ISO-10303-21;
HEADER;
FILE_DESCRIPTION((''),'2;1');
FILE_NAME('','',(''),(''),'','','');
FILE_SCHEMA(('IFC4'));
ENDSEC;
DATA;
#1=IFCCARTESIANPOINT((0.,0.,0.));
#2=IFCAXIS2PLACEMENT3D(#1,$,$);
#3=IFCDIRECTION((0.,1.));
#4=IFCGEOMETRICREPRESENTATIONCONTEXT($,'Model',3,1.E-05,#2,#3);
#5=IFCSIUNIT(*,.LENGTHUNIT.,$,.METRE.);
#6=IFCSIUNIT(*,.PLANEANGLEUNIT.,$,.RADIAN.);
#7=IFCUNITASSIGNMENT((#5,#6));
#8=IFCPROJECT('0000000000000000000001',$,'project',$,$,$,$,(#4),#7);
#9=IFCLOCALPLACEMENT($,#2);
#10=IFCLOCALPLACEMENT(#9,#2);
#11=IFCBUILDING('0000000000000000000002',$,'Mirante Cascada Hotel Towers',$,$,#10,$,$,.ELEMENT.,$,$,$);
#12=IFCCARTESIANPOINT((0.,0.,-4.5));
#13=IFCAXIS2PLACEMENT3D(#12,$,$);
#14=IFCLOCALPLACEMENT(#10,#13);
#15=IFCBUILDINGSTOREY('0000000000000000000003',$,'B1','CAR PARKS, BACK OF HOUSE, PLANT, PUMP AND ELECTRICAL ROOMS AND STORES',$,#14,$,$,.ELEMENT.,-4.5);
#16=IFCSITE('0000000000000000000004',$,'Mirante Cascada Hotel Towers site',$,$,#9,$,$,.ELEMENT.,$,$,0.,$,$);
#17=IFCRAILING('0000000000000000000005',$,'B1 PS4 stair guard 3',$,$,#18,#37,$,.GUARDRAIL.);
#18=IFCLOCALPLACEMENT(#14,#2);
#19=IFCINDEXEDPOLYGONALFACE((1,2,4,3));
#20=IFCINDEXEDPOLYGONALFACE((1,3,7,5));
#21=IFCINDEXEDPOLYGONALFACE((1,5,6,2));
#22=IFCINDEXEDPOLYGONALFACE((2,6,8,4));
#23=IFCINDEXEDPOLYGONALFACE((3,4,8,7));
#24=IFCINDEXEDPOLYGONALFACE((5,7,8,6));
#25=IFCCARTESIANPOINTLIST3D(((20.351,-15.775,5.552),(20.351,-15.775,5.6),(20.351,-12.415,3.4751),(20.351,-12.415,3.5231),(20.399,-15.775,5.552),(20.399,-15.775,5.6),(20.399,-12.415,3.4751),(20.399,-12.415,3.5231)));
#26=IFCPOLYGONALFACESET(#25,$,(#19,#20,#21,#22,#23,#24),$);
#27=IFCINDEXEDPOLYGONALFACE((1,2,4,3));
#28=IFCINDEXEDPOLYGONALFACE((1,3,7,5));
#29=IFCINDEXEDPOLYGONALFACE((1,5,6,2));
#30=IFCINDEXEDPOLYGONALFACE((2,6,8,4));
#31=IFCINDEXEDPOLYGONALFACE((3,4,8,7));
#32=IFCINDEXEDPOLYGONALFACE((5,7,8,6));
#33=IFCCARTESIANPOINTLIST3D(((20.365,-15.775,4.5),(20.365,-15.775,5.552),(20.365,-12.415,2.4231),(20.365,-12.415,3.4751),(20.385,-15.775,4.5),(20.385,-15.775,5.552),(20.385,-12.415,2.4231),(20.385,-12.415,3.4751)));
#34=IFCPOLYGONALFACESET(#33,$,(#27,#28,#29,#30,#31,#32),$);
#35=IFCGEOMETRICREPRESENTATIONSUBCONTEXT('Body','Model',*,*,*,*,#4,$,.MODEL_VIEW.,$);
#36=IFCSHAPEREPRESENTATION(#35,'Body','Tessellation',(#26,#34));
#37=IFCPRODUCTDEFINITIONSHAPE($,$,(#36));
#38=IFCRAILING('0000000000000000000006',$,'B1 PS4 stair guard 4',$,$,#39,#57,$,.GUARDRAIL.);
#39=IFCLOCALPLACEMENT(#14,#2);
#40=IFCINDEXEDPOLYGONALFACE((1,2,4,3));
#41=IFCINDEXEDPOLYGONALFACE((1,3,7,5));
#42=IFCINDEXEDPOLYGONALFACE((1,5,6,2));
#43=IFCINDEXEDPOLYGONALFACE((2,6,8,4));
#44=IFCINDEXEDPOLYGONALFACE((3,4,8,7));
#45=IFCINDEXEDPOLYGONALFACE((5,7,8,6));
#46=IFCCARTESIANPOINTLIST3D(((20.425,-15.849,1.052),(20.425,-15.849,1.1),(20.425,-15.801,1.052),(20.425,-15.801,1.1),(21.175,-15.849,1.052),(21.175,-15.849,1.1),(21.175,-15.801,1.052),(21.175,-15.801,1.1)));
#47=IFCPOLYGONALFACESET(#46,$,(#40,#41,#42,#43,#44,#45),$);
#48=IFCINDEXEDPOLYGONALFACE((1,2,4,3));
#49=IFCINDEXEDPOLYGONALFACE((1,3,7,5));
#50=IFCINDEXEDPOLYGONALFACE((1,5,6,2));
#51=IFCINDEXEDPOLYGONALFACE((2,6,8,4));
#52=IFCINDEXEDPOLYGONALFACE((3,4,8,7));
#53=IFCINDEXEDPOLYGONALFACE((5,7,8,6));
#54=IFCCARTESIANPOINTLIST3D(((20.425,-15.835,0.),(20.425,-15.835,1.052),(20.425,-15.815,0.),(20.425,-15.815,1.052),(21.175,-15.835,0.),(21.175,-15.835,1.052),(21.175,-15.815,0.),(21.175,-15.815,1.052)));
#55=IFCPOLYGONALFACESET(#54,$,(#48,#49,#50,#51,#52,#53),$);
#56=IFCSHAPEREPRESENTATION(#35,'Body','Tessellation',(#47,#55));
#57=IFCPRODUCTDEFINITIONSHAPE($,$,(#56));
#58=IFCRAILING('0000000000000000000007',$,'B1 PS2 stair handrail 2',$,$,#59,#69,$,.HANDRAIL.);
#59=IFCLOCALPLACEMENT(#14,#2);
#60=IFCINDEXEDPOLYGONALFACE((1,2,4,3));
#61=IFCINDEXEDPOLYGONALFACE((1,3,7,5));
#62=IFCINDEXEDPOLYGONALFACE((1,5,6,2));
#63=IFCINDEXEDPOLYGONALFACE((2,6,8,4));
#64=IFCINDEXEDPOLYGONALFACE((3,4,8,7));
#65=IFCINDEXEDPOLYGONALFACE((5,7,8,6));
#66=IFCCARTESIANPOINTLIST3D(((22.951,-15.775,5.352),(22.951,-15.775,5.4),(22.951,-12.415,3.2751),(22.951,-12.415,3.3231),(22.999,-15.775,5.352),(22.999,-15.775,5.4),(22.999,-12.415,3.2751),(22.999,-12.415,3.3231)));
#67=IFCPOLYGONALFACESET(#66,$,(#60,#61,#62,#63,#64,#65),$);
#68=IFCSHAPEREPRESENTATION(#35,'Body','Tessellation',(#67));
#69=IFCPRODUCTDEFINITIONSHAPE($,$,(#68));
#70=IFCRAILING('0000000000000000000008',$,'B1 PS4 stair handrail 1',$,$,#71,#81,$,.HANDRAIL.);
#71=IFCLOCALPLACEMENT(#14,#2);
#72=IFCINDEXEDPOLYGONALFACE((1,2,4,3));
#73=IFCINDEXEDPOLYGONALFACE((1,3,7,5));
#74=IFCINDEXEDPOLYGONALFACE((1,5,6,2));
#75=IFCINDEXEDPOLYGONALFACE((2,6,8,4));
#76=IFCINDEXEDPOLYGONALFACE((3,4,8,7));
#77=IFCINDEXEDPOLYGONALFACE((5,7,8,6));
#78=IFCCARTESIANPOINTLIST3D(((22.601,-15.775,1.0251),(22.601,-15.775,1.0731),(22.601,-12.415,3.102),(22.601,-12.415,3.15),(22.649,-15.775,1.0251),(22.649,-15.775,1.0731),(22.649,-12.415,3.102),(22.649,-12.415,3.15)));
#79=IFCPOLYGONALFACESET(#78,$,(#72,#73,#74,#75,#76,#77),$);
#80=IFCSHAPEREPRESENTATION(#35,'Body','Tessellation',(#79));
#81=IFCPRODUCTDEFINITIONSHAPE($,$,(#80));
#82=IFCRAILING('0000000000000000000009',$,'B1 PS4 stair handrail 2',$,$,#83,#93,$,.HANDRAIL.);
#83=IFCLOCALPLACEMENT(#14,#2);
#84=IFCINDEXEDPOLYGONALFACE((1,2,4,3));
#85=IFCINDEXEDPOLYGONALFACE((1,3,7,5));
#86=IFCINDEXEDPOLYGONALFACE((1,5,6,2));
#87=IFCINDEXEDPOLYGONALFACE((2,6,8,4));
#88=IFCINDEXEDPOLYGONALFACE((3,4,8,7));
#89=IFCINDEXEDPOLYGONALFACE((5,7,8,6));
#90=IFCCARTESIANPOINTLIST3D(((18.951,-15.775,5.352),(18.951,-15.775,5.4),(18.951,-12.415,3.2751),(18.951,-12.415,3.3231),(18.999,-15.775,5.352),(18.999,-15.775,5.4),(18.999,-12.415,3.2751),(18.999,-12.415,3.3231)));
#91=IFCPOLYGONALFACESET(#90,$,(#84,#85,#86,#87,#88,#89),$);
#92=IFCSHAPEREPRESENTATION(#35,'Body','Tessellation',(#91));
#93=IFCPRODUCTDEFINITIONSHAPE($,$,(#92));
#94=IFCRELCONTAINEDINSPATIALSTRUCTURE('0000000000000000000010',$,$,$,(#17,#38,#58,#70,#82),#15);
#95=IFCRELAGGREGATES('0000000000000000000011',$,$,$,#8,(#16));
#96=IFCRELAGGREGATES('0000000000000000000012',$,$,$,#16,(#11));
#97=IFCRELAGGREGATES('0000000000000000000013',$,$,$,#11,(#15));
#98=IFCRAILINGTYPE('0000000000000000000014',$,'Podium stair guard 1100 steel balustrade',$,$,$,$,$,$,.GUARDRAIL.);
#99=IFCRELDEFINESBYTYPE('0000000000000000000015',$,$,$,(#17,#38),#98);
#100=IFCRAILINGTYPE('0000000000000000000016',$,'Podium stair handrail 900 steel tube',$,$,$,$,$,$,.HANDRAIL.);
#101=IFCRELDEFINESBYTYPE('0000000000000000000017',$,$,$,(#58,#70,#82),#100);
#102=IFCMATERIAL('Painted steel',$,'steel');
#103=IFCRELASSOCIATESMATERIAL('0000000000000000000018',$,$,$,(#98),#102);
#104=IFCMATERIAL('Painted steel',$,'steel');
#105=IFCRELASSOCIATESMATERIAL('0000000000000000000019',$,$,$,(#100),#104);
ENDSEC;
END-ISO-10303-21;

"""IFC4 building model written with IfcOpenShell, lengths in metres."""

from ifc_helpers import new_model, si_unit, direction, frame, origin, origin_2d, place, context, subcontext, project, spatial, rectangle, extrude, material, type_object, element, save


model = new_model("IFC4")

# Units and contexts
model_context = context("Model", 3, precision=1e-05, world=origin(), true_north=direction((0.0, 1.0)))
body_context = subcontext(model_context, "Body", "Model", "MODEL_VIEW")
ifc_project = project(units=[si_unit("LENGTHUNIT", "METRE"), si_unit("PLANEANGLEUNIT", "RADIAN")], contexts=[model_context])

# Site, building, storey
site_placement = place(None, origin())
site = spatial("IfcSite", under=ifc_project, at=site_placement, Name="Mirante Cascada Hotel Towers site", CompositionType="ELEMENT", RefElevation=0.0)
building_placement = place(site_placement, origin())
building = spatial("IfcBuilding", under=site, at=building_placement, Name="Mirante Cascada Hotel Towers", CompositionType="ELEMENT")
storey_placement = place(building_placement, frame((0.0, 0.0, -4.5)))
storey = spatial("IfcBuildingStorey", under=building, at=storey_placement, Name="B1", Description="CAR PARKS, BACK OF HOUSE, PLANT, PUMP AND ELECTRICAL ROOMS AND STORES", CompositionType="ELEMENT", Elevation=-4.5)

# Railings
ifc_material_1 = material(Name="Painted steel", Category="steel")
railing_type_1 = type_object("IfcRailingType", Name="Podium stair guard 1100 steel balustrade", PredefinedType="GUARDRAIL", material=ifc_material_1)
railing_1_placement = place(storey_placement, frame((20.375, -12.415, 2.4231)))
element("IfcRailing", 1, at=railing_1_placement, inside=storey, type_object=railing_type_1, Name="B1 PS4 stair guard 3", PredefinedType="GUARDRAIL", context=body_context, shape_type="SweptSolid", body=[
    extrude(rectangle(XDim=0.048, YDim=0.048, at=origin_2d()), frame((0.0, 0.0, 1.076), z_axis=(0.0, -1.0, 0.0), x_axis=(1.0, 0.0, 0.0)), (0.0, 0.525787, 0.850616), 3.9501),
    extrude(rectangle(XDim=0.02, YDim=1.052, at=origin_2d()), frame((0.0, 0.0, 0.526), z_axis=(0.0, -1.0, 0.0), x_axis=(1.0, 0.0, 0.0)), (0.0, 0.525787, 0.850616), 3.9501),
])
railing_2_placement = place(storey_placement, frame((21.175, -15.825, 0.0)))
element("IfcRailing", 2, at=railing_2_placement, inside=storey, type_object=railing_type_1, Name="B1 PS4 stair guard 4", PredefinedType="GUARDRAIL", context=body_context, shape_type="SweptSolid", body=[
    extrude(rectangle(XDim=0.048, YDim=0.048, at=origin_2d()), frame((0.0, 0.0, 1.076), z_axis=(-1.0, 0.0, 0.0), x_axis=(0.0, -1.0, 0.0)), (0.0, 0.0, 1.0), 0.75),
    extrude(rectangle(XDim=0.02, YDim=1.052, at=origin_2d()), frame((0.0, 0.0, 0.526), z_axis=(-1.0, 0.0, 0.0), x_axis=(0.0, -1.0, 0.0)), (0.0, 0.0, 1.0), 0.75),
])
ifc_material_2 = material(Name="Painted steel", Category="steel")
railing_type_2 = type_object("IfcRailingType", Name="Podium stair handrail 900 steel tube", PredefinedType="HANDRAIL", material=ifc_material_2)
railing_3_placement = place(storey_placement, frame((22.975, -12.415, 2.4231)))
element("IfcRailing", 3, at=railing_3_placement, inside=storey, type_object=railing_type_2, Name="B1 PS2 stair handrail 2", PredefinedType="HANDRAIL", context=body_context, shape_type="SweptSolid", body=[
    extrude(rectangle(XDim=0.048, YDim=0.048, at=origin_2d()), frame((0.0, 0.0, 0.876), z_axis=(0.0, -1.0, 0.0), x_axis=(1.0, 0.0, 0.0)), (0.0, 0.525787, 0.850616), 3.9501),
])
railing_4_placement = place(storey_placement, frame((22.625, -15.775, 0.1731)))
element("IfcRailing", 4, at=railing_4_placement, inside=storey, type_object=railing_type_2, Name="B1 PS4 stair handrail 1", PredefinedType="HANDRAIL", context=body_context, shape_type="SweptSolid", body=[
    extrude(rectangle(XDim=0.048, YDim=0.048, at=origin_2d()), frame((0.0, 0.0, 0.876), z_axis=(0.0, 1.0, 0.0), x_axis=(-1.0, 0.0, 0.0)), (0.0, 0.525787, 0.850616), 3.9501),
])
railing_5_placement = place(storey_placement, frame((18.975, -12.415, 2.4231)))
element("IfcRailing", 5, at=railing_5_placement, inside=storey, type_object=railing_type_2, Name="B1 PS4 stair handrail 2", PredefinedType="HANDRAIL", context=body_context, shape_type="SweptSolid", body=[
    extrude(rectangle(XDim=0.048, YDim=0.048, at=origin_2d()), frame((0.0, 0.0, 0.876), z_axis=(0.0, -1.0, 0.0), x_axis=(1.0, 0.0, 0.0)), (0.0, 0.525787, 0.850616), 3.9501),
])

save(model, "model.ifc")
